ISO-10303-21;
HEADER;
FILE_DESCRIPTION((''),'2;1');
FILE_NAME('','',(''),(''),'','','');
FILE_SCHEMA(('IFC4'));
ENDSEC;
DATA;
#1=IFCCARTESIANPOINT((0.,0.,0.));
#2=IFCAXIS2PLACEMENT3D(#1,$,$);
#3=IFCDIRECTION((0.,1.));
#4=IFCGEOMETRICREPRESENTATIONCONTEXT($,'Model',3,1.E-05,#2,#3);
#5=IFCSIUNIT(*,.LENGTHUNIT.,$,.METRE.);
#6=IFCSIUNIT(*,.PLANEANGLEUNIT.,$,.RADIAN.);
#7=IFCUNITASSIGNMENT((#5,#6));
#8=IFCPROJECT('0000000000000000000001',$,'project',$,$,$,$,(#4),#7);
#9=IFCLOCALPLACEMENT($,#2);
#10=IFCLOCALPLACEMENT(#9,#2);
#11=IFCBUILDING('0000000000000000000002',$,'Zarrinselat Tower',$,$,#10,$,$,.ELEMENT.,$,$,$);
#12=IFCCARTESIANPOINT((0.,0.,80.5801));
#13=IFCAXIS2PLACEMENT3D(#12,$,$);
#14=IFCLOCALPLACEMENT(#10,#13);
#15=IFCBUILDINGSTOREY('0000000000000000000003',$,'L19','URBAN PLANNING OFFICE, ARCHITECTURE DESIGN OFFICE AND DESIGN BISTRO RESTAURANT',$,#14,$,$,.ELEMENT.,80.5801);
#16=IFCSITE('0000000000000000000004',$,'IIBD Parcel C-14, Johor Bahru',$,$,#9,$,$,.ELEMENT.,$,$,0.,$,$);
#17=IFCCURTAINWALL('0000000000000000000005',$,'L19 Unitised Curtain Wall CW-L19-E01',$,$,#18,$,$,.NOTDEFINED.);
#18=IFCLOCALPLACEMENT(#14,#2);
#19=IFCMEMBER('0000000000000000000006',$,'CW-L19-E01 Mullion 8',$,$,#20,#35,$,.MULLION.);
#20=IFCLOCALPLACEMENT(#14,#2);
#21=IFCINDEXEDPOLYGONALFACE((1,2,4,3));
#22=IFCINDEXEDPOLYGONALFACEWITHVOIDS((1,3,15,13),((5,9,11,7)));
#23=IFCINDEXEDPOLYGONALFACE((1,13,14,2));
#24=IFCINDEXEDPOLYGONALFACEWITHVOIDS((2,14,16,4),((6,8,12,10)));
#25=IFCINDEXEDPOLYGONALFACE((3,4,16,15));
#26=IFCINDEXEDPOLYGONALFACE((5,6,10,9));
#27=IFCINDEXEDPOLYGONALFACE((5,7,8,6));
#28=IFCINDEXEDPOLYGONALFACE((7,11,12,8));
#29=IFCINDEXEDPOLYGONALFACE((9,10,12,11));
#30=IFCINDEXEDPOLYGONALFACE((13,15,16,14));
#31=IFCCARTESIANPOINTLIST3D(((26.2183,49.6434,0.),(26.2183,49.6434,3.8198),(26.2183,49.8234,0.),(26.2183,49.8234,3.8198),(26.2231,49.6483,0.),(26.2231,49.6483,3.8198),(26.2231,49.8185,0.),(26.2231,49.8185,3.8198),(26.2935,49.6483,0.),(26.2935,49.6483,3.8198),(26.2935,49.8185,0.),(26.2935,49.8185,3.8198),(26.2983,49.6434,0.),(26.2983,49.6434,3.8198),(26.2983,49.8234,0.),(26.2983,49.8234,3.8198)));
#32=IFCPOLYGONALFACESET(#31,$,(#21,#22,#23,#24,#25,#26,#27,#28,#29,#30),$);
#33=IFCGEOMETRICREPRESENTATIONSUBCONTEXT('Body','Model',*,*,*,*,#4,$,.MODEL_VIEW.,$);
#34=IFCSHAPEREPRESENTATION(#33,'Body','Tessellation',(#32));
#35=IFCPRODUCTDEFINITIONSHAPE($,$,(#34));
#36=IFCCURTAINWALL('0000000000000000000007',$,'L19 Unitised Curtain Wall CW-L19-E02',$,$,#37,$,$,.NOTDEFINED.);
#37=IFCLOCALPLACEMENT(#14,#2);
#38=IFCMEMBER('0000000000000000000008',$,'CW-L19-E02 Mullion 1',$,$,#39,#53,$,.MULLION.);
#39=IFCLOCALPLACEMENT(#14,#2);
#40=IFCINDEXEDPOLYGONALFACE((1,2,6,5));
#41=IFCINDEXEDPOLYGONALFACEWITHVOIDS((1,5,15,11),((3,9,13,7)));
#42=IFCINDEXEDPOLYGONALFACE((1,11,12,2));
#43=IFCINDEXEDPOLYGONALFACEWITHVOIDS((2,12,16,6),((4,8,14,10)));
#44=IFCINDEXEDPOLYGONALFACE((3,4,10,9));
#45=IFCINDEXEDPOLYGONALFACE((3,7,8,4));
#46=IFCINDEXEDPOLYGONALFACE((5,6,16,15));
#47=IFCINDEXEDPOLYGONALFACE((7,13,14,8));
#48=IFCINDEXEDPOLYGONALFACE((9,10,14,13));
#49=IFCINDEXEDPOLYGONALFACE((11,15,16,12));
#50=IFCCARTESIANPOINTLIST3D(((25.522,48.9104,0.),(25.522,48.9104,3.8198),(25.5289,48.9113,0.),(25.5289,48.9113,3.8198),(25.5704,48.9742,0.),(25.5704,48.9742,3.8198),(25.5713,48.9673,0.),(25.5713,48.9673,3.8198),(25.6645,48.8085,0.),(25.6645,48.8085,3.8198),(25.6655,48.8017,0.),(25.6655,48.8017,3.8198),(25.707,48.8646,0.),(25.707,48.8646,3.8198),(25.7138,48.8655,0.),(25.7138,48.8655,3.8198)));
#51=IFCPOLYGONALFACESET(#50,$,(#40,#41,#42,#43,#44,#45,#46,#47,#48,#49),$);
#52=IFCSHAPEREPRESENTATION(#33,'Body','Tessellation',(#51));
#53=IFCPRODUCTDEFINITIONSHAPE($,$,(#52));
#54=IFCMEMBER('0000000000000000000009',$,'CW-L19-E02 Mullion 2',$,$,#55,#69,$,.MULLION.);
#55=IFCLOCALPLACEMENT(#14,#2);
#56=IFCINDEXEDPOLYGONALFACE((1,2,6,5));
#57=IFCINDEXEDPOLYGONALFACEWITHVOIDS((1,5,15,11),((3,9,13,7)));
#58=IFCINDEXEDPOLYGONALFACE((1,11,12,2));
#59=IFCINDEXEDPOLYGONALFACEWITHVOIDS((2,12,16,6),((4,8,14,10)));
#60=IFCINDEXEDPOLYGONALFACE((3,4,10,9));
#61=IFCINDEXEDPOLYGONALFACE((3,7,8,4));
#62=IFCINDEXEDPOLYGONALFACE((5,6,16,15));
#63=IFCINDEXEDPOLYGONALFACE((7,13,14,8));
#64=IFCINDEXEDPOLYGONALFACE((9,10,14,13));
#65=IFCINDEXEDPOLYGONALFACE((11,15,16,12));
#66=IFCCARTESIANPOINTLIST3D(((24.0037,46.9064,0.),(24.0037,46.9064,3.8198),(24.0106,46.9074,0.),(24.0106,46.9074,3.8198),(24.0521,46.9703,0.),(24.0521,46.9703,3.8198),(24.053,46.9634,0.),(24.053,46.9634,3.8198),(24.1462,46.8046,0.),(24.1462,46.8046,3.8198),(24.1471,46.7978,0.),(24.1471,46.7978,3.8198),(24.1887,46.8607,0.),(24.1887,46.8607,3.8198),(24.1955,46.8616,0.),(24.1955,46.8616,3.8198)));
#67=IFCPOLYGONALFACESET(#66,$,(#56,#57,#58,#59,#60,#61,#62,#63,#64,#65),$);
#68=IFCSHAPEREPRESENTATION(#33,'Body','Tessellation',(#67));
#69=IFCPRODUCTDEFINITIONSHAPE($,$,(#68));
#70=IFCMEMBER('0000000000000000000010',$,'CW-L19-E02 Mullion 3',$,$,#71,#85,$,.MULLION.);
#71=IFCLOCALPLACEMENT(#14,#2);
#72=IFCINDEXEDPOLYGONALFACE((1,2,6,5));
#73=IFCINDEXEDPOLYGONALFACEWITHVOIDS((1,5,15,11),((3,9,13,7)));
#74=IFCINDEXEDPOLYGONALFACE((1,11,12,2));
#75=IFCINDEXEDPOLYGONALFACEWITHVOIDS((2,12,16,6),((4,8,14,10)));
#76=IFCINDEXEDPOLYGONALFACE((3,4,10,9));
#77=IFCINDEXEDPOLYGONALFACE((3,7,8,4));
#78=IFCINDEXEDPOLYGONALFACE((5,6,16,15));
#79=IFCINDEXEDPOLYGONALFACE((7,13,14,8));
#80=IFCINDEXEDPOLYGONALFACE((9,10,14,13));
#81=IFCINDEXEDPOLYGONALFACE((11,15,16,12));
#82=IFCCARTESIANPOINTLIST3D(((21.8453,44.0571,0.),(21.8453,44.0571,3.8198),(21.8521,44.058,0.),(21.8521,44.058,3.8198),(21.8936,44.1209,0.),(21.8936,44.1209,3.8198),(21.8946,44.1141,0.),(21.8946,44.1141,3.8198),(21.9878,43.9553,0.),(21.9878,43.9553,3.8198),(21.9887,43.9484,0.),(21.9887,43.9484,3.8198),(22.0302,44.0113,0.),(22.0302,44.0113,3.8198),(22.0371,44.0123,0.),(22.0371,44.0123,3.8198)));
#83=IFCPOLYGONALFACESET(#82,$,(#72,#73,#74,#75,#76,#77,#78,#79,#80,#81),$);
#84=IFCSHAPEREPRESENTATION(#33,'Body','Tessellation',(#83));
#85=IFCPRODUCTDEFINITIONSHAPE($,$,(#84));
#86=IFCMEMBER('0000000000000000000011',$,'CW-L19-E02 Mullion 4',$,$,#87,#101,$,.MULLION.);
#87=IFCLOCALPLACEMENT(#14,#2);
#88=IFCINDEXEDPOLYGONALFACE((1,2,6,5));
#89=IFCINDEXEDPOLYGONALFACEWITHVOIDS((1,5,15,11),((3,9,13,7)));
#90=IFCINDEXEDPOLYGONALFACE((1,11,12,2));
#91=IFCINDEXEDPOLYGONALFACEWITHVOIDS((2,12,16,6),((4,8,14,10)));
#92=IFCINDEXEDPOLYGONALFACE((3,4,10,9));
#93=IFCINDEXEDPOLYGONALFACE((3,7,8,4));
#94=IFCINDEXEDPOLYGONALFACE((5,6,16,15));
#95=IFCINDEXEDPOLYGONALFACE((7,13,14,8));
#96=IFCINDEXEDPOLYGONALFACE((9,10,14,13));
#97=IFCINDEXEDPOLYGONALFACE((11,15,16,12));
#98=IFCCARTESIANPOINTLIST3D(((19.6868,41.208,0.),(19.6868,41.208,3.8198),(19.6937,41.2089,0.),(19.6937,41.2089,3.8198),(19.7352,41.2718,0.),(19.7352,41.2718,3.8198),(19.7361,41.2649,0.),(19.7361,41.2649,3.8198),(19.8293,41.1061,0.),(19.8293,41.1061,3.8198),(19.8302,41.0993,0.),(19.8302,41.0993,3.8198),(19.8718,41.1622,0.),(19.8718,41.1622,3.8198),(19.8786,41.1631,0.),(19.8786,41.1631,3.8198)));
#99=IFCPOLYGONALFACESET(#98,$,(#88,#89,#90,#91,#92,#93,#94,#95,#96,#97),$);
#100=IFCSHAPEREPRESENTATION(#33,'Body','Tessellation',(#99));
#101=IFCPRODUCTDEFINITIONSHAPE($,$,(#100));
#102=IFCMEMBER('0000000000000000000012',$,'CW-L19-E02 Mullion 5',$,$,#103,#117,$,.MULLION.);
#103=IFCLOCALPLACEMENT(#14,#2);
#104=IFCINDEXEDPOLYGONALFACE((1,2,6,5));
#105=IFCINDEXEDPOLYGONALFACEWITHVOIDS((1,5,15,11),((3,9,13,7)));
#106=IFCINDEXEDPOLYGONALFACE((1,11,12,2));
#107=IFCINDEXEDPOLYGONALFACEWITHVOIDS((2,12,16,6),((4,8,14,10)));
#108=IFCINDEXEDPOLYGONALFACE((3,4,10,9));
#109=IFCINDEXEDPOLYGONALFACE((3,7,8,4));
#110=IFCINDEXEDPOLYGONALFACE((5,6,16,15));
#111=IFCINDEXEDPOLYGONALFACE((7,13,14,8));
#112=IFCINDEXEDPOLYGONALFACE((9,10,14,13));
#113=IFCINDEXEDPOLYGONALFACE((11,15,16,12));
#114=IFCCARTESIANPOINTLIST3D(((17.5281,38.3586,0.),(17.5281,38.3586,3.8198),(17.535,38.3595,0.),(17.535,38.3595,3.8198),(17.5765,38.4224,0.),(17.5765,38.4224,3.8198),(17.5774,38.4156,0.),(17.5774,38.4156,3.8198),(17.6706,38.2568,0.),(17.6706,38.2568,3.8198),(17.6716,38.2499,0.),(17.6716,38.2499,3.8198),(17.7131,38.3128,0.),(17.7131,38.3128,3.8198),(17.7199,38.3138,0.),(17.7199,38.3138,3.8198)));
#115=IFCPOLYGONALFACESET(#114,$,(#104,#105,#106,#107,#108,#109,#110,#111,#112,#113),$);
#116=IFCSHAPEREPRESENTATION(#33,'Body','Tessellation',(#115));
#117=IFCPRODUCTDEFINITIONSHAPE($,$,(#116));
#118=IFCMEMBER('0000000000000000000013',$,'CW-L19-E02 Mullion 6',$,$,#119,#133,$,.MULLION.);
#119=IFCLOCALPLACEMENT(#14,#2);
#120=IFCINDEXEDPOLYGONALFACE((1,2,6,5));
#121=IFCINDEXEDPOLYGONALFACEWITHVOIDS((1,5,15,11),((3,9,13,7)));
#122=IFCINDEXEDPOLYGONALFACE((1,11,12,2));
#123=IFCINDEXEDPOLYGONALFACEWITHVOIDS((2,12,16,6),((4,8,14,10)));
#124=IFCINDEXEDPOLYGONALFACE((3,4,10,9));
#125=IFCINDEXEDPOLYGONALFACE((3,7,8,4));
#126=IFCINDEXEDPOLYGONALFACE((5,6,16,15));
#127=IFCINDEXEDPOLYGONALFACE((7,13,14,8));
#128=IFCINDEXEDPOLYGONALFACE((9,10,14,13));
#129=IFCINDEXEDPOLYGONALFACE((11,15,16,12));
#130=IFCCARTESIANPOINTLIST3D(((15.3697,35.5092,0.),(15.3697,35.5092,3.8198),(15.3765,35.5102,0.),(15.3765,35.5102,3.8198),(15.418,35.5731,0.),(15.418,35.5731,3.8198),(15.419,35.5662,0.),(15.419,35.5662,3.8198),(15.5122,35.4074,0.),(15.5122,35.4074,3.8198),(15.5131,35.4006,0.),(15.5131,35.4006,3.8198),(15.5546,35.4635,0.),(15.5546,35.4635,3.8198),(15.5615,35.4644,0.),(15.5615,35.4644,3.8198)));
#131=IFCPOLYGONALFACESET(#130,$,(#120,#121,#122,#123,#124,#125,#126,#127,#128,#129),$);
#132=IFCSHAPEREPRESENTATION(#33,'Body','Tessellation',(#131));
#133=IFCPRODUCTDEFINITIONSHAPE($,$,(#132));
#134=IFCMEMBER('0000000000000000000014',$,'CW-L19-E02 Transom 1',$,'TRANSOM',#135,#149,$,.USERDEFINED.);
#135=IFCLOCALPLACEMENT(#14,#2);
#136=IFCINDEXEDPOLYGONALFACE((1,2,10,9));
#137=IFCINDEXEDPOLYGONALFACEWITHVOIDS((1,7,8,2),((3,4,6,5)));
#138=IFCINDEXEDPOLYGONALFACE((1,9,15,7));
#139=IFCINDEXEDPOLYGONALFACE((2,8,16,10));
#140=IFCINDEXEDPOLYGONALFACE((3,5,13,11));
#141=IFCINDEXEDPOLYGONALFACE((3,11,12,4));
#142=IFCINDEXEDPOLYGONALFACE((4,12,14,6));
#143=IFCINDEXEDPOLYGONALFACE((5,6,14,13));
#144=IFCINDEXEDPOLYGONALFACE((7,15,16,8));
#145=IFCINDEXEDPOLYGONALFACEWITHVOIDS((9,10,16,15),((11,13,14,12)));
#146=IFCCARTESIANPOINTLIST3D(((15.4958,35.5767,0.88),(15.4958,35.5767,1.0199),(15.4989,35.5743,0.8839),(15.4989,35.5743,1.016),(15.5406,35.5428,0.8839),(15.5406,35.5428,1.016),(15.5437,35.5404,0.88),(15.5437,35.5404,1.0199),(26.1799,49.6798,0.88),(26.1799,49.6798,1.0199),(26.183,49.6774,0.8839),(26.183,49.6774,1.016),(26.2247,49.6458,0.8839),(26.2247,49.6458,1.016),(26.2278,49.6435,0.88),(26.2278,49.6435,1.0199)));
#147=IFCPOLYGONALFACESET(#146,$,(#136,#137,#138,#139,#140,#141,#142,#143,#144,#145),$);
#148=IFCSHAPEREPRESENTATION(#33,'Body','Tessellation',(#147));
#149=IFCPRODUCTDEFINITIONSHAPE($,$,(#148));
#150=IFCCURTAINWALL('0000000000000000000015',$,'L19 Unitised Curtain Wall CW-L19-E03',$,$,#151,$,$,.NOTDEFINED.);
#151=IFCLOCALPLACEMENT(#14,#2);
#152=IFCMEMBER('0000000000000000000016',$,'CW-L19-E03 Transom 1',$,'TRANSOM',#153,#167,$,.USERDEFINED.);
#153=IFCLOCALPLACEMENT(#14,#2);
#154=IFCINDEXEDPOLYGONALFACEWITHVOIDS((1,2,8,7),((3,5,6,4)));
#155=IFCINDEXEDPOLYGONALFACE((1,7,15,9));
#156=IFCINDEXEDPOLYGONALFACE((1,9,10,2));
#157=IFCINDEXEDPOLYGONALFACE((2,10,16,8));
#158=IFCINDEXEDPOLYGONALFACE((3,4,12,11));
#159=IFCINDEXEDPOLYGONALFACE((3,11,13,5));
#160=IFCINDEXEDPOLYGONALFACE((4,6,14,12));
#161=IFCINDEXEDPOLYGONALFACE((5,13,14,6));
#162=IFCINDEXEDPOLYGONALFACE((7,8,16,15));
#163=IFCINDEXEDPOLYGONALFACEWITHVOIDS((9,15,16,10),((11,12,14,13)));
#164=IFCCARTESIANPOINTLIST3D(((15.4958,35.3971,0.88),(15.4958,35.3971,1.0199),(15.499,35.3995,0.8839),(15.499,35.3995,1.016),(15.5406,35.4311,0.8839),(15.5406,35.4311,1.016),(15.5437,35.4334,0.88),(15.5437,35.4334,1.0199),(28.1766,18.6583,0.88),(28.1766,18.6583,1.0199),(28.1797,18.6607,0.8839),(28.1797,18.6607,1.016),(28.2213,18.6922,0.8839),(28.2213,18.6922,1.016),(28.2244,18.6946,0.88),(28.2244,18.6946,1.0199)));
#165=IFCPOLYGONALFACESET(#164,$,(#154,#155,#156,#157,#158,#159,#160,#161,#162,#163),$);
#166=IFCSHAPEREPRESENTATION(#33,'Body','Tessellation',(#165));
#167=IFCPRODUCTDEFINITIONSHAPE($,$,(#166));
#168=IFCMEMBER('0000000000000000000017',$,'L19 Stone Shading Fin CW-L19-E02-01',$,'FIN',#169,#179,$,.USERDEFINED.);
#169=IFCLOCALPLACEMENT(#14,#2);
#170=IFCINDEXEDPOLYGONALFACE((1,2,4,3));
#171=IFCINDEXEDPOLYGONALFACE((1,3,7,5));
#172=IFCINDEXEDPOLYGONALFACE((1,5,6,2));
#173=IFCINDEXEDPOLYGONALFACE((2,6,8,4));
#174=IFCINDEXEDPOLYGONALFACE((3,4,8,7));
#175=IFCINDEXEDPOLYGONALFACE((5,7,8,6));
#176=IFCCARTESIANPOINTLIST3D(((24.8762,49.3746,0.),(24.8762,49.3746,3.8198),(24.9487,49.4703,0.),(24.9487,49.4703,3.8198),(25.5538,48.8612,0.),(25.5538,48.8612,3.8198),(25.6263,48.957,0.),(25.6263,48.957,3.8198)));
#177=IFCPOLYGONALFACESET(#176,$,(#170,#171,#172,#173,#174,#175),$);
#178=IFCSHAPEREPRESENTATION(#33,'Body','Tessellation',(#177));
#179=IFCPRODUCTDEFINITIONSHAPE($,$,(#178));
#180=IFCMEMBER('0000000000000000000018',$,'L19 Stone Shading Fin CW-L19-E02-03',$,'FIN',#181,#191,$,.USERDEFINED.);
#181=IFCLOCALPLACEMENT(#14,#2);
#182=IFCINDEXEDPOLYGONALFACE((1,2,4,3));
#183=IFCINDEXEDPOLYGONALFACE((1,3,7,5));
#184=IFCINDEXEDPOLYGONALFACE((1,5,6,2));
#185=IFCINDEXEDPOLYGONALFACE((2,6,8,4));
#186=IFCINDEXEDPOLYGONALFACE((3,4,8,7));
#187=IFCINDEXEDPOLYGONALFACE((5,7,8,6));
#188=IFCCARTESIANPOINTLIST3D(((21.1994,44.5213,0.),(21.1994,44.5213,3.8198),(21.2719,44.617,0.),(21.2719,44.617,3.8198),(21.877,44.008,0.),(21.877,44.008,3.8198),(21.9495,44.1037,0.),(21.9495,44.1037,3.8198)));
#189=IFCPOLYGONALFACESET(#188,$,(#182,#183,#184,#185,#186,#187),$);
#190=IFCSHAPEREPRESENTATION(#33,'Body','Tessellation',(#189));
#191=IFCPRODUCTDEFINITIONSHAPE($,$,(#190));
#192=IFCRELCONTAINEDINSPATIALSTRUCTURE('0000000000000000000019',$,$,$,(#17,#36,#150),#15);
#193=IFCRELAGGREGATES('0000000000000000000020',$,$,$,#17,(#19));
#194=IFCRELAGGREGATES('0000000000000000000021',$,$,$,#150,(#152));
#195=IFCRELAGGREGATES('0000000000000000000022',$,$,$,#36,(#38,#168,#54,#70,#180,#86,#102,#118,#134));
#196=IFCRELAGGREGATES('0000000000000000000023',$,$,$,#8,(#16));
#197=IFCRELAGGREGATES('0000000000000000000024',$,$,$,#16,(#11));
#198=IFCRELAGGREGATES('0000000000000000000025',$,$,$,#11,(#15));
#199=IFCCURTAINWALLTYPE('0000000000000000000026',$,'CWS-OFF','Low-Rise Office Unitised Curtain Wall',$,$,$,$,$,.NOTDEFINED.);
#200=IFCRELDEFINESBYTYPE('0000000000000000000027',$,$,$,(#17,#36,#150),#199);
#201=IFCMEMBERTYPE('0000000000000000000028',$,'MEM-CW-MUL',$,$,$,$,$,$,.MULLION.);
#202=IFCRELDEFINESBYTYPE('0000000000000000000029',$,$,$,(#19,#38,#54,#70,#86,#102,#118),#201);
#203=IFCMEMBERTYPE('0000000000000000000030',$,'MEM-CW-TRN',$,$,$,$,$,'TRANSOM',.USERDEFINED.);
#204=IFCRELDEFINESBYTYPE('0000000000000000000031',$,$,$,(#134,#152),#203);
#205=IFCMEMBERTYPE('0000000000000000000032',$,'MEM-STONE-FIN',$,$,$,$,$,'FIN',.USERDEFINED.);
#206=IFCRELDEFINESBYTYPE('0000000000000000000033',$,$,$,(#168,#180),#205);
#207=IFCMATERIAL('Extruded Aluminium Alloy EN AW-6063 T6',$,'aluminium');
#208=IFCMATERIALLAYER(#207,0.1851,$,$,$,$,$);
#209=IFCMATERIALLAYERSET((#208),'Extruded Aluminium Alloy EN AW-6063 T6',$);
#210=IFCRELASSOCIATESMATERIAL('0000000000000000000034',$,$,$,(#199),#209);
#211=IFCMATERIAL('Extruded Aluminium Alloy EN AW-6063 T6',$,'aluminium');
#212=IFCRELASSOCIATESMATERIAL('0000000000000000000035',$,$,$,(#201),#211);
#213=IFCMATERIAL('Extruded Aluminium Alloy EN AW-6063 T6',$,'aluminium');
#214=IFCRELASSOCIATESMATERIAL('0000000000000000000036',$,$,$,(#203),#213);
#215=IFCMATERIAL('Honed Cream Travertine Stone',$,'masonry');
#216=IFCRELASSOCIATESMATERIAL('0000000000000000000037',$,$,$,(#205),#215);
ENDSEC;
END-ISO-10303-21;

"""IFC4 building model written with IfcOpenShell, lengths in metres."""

from ifc_helpers import new_model, si_unit, direction, frame, origin, origin_2d, place, context, subcontext, project, spatial, rectangle, hollow_rectangle, extrude, material, layer, layer_set, material_profile, profile_set, type_object, element, aggregate, save


model = new_model("IFC4")

# Units and contexts
model_context = context("Model", 3, precision=1e-05, world=origin(), true_north=direction((0.0, 1.0)))
body_context = subcontext(model_context, "Body", "Model", "MODEL_VIEW")
ifc_project = project(units=[si_unit("LENGTHUNIT", "METRE"), si_unit("PLANEANGLEUNIT", "RADIAN")], contexts=[model_context])

# Site, building, storey
site_placement = place(None, origin())
site = spatial("IfcSite", under=ifc_project, at=site_placement, Name="IIBD Parcel C-14, Johor Bahru", CompositionType="ELEMENT", RefElevation=0.0)
building_placement = place(site_placement, origin())
building = spatial("IfcBuilding", under=site, at=building_placement, Name="Zarrinselat Tower", CompositionType="ELEMENT")
storey_placement = place(building_placement, frame((0.0, 0.0, 80.5801)))
storey = spatial("IfcBuildingStorey", under=building, at=storey_placement, Name="L19", Description="URBAN PLANNING OFFICE, ARCHITECTURE DESIGN OFFICE AND DESIGN BISTRO RESTAURANT", CompositionType="ELEMENT", Elevation=80.5801)

# Curtain wall, member
ifc_material_1 = material(Name="Extruded Aluminium Alloy EN AW-6063 T6", Category="aluminium")
ifc_layer_1 = layer(ifc_material_1, 0.1851)
ifc_layer_set_1 = layer_set([ifc_layer_1], Name="Extruded Aluminium Alloy EN AW-6063 T6")
curtain_wall_type = type_object("IfcCurtainWallType", Name="CWS-OFF", Description="Low-Rise Office Unitised Curtain Wall", PredefinedType="NOTDEFINED", material=ifc_layer_set_1)
curtain_wall_1_placement = place(storey_placement, origin())
curtain_wall_1 = element("IfcCurtainWall", 1, at=curtain_wall_1_placement, inside=storey, type_object=curtain_wall_type, Name="L19 Unitised Curtain Wall CW-L19-E01", PredefinedType="NOTDEFINED")
ifc_material_2 = material(Name="Extruded Aluminium Alloy EN AW-6063 T6", Category="aluminium")
ifc_material_profile_1 = material_profile(ifc_material_2, hollow_rectangle(XDim=0.0801, YDim=0.1799, WallThickness=0.0049, at=origin_2d()), Name="RHS 180x80x5")
ifc_profile_set_1 = profile_set([ifc_material_profile_1], Name="Extruded Aluminium Alloy EN AW-6063 T6")
member_type_1 = type_object("IfcMemberType", Name="MEM-CW-MUL", PredefinedType="MULLION", material=ifc_profile_set_1)
member_1_placement = place(storey_placement, frame((26.2583, 49.7334, 0.0), z_axis=(0.0, 0.0, 1.0), x_axis=(-1.0, 0.0, 0.0)))
member_1 = element("IfcMember", 2, at=member_1_placement, type_object=member_type_1, Name="CW-L19-E01 Mullion 8", PredefinedType="MULLION", context=body_context, shape_type="SweptSolid", body=[
    extrude(hollow_rectangle(XDim=0.0801, YDim=0.1799, WallThickness=0.0049, at=origin_2d()), origin(), (0.0, 0.0, 1.0), 3.8198),
])
aggregate(curtain_wall_1, [member_1])

# Curtain wall, members
curtain_wall_2_placement = place(storey_placement, origin())
curtain_wall_2 = element("IfcCurtainWall", 3, at=curtain_wall_2_placement, inside=storey, type_object=curtain_wall_type, Name="L19 Unitised Curtain Wall CW-L19-E02", PredefinedType="NOTDEFINED")
member_2_placement = place(storey_placement, frame((25.6179, 48.8879, 0.0), z_axis=(0.0, 0.0, 1.0), x_axis=(-0.603857, -0.797093, 0.0)))
member_2 = element("IfcMember", 4, at=member_2_placement, type_object=member_type_1, Name="CW-L19-E02 Mullion 1", PredefinedType="MULLION", context=body_context, shape_type="SweptSolid", body=[
    extrude(hollow_rectangle(XDim=0.0801, YDim=0.1799, WallThickness=0.0049, at=origin_2d()), origin(), (0.0, 0.0, 1.0), 3.8198),
])
member_3_placement = place(storey_placement, frame((24.0996, 46.884, 0.0), z_axis=(0.0, 0.0, 1.0), x_axis=(-0.603857, -0.797093, 0.0)))
member_3 = element("IfcMember", 5, at=member_3_placement, type_object=member_type_1, Name="CW-L19-E02 Mullion 2", PredefinedType="MULLION", context=body_context, shape_type="SweptSolid", body=[
    extrude(hollow_rectangle(XDim=0.0801, YDim=0.1799, WallThickness=0.0049, at=origin_2d()), origin(), (0.0, 0.0, 1.0), 3.8198),
])
member_4_placement = place(storey_placement, frame((21.9412, 44.0347, 0.0), z_axis=(0.0, 0.0, 1.0), x_axis=(-0.603857, -0.797093, 0.0)))
member_4 = element("IfcMember", 6, at=member_4_placement, type_object=member_type_1, Name="CW-L19-E02 Mullion 3", PredefinedType="MULLION", context=body_context, shape_type="SweptSolid", body=[
    extrude(hollow_rectangle(XDim=0.0801, YDim=0.1799, WallThickness=0.0049, at=origin_2d()), origin(), (0.0, 0.0, 1.0), 3.8198),
])
member_5_placement = place(storey_placement, frame((19.7827, 41.1855, 0.0), z_axis=(0.0, 0.0, 1.0), x_axis=(-0.603857, -0.797093, 0.0)))
member_5 = element("IfcMember", 7, at=member_5_placement, type_object=member_type_1, Name="CW-L19-E02 Mullion 4", PredefinedType="MULLION", context=body_context, shape_type="SweptSolid", body=[
    extrude(hollow_rectangle(XDim=0.0801, YDim=0.1799, WallThickness=0.0049, at=origin_2d()), origin(), (0.0, 0.0, 1.0), 3.8198),
])
member_6_placement = place(storey_placement, frame((17.624, 38.3362, 0.0), z_axis=(0.0, 0.0, 1.0), x_axis=(-0.603857, -0.797093, 0.0)))
member_6 = element("IfcMember", 8, at=member_6_placement, type_object=member_type_1, Name="CW-L19-E02 Mullion 5", PredefinedType="MULLION", context=body_context, shape_type="SweptSolid", body=[
    extrude(hollow_rectangle(XDim=0.0801, YDim=0.1799, WallThickness=0.0049, at=origin_2d()), origin(), (0.0, 0.0, 1.0), 3.8198),
])
member_7_placement = place(storey_placement, frame((15.4656, 35.4868, 0.0), z_axis=(0.0, 0.0, 1.0), x_axis=(-0.603857, -0.797093, 0.0)))
member_7 = element("IfcMember", 9, at=member_7_placement, type_object=member_type_1, Name="CW-L19-E02 Mullion 6", PredefinedType="MULLION", context=body_context, shape_type="SweptSolid", body=[
    extrude(hollow_rectangle(XDim=0.0801, YDim=0.1799, WallThickness=0.0049, at=origin_2d()), origin(), (0.0, 0.0, 1.0), 3.8198),
])
ifc_material_3 = material(Name="Extruded Aluminium Alloy EN AW-6063 T6", Category="aluminium")
ifc_material_profile_2 = material_profile(ifc_material_3, hollow_rectangle(XDim=0.0601, YDim=0.1399, WallThickness=0.0039, at=origin_2d()), Name="RHS 140x60x4")
ifc_profile_set_2 = profile_set([ifc_material_profile_2], Name="Extruded Aluminium Alloy EN AW-6063 T6")
member_type_2 = type_object("IfcMemberType", Name="MEM-CW-TRN", ElementType="TRANSOM", PredefinedType="USERDEFINED", material=ifc_profile_set_2)
member_8_placement = place(storey_placement, frame((26.2039, 49.6616, 0.95), z_axis=(-0.603857, -0.797093, 0.0), x_axis=(0.797093, -0.603857, 0.0)))
member_8 = element("IfcMember", 10, at=member_8_placement, type_object=member_type_2, Name="CW-L19-E02 Transom 1", ObjectType="TRANSOM", PredefinedType="USERDEFINED", context=body_context, shape_type="SweptSolid", body=[
    extrude(hollow_rectangle(XDim=0.0601, YDim=0.1399, WallThickness=0.0039, at=origin_2d()), origin(), (0.0, 0.0, 1.0), 17.6931),
])

# Curtain wall, member
curtain_wall_3_placement = place(storey_placement, origin())
curtain_wall_3 = element("IfcCurtainWall", 11, at=curtain_wall_3_placement, inside=storey, type_object=curtain_wall_type, Name="L19 Unitised Curtain Wall CW-L19-E03", PredefinedType="NOTDEFINED")
member_9_placement = place(storey_placement, frame((15.5198, 35.4153, 0.95), z_axis=(0.603851, -0.797097, 0.0), x_axis=(0.797097, 0.603851, 0.0)))
member_9 = element("IfcMember", 12, at=member_9_placement, type_object=member_type_2, Name="CW-L19-E03 Transom 1", ObjectType="TRANSOM", PredefinedType="USERDEFINED", context=body_context, shape_type="SweptSolid", body=[
    extrude(hollow_rectangle(XDim=0.0601, YDim=0.1399, WallThickness=0.0039, at=origin_2d()), origin(), (0.0, 0.0, 1.0), 20.9998),
])
aggregate(curtain_wall_3, [member_9])

# Members
ifc_material_4 = material(Name="Honed Cream Travertine Stone", Category="masonry")
ifc_material_profile_3 = material_profile(ifc_material_4, rectangle(XDim=0.1201, YDim=0.8501, at=origin_2d()), Name="FIN 850x120")
ifc_profile_set_3 = profile_set([ifc_material_profile_3], Name="Honed Cream Travertine Stone")
member_type_3 = type_object("IfcMemberType", Name="MEM-STONE-FIN", ElementType="FIN", PredefinedType="USERDEFINED", material=ifc_profile_set_3)
member_10_placement = place(storey_placement, frame((25.2512, 49.1658, 0.0), z_axis=(0.0, 0.0, 1.0), x_axis=(0.603857, 0.797093, 0.0)))
member_10 = element("IfcMember", 13, at=member_10_placement, type_object=member_type_3, Name="L19 Stone Shading Fin CW-L19-E02-01", ObjectType="FIN", PredefinedType="USERDEFINED", context=body_context, shape_type="SweptSolid", body=[
    extrude(rectangle(XDim=0.1201, YDim=0.8501, at=origin_2d()), origin(), (0.0, 0.0, 1.0), 3.8198),
])
member_11_placement = place(storey_placement, frame((21.5745, 44.3125, 0.0), z_axis=(0.0, 0.0, 1.0), x_axis=(0.603857, 0.797093, 0.0)))
member_11 = element("IfcMember", 14, at=member_11_placement, type_object=member_type_3, Name="L19 Stone Shading Fin CW-L19-E02-03", ObjectType="FIN", PredefinedType="USERDEFINED", context=body_context, shape_type="SweptSolid", body=[
    extrude(rectangle(XDim=0.1201, YDim=0.8501, at=origin_2d()), origin(), (0.0, 0.0, 1.0), 3.8198),
])

aggregate(curtain_wall_2, [member_2, member_10, member_3, member_4, member_11, member_5, member_6, member_7, member_8])

save(model, "model.ifc")
